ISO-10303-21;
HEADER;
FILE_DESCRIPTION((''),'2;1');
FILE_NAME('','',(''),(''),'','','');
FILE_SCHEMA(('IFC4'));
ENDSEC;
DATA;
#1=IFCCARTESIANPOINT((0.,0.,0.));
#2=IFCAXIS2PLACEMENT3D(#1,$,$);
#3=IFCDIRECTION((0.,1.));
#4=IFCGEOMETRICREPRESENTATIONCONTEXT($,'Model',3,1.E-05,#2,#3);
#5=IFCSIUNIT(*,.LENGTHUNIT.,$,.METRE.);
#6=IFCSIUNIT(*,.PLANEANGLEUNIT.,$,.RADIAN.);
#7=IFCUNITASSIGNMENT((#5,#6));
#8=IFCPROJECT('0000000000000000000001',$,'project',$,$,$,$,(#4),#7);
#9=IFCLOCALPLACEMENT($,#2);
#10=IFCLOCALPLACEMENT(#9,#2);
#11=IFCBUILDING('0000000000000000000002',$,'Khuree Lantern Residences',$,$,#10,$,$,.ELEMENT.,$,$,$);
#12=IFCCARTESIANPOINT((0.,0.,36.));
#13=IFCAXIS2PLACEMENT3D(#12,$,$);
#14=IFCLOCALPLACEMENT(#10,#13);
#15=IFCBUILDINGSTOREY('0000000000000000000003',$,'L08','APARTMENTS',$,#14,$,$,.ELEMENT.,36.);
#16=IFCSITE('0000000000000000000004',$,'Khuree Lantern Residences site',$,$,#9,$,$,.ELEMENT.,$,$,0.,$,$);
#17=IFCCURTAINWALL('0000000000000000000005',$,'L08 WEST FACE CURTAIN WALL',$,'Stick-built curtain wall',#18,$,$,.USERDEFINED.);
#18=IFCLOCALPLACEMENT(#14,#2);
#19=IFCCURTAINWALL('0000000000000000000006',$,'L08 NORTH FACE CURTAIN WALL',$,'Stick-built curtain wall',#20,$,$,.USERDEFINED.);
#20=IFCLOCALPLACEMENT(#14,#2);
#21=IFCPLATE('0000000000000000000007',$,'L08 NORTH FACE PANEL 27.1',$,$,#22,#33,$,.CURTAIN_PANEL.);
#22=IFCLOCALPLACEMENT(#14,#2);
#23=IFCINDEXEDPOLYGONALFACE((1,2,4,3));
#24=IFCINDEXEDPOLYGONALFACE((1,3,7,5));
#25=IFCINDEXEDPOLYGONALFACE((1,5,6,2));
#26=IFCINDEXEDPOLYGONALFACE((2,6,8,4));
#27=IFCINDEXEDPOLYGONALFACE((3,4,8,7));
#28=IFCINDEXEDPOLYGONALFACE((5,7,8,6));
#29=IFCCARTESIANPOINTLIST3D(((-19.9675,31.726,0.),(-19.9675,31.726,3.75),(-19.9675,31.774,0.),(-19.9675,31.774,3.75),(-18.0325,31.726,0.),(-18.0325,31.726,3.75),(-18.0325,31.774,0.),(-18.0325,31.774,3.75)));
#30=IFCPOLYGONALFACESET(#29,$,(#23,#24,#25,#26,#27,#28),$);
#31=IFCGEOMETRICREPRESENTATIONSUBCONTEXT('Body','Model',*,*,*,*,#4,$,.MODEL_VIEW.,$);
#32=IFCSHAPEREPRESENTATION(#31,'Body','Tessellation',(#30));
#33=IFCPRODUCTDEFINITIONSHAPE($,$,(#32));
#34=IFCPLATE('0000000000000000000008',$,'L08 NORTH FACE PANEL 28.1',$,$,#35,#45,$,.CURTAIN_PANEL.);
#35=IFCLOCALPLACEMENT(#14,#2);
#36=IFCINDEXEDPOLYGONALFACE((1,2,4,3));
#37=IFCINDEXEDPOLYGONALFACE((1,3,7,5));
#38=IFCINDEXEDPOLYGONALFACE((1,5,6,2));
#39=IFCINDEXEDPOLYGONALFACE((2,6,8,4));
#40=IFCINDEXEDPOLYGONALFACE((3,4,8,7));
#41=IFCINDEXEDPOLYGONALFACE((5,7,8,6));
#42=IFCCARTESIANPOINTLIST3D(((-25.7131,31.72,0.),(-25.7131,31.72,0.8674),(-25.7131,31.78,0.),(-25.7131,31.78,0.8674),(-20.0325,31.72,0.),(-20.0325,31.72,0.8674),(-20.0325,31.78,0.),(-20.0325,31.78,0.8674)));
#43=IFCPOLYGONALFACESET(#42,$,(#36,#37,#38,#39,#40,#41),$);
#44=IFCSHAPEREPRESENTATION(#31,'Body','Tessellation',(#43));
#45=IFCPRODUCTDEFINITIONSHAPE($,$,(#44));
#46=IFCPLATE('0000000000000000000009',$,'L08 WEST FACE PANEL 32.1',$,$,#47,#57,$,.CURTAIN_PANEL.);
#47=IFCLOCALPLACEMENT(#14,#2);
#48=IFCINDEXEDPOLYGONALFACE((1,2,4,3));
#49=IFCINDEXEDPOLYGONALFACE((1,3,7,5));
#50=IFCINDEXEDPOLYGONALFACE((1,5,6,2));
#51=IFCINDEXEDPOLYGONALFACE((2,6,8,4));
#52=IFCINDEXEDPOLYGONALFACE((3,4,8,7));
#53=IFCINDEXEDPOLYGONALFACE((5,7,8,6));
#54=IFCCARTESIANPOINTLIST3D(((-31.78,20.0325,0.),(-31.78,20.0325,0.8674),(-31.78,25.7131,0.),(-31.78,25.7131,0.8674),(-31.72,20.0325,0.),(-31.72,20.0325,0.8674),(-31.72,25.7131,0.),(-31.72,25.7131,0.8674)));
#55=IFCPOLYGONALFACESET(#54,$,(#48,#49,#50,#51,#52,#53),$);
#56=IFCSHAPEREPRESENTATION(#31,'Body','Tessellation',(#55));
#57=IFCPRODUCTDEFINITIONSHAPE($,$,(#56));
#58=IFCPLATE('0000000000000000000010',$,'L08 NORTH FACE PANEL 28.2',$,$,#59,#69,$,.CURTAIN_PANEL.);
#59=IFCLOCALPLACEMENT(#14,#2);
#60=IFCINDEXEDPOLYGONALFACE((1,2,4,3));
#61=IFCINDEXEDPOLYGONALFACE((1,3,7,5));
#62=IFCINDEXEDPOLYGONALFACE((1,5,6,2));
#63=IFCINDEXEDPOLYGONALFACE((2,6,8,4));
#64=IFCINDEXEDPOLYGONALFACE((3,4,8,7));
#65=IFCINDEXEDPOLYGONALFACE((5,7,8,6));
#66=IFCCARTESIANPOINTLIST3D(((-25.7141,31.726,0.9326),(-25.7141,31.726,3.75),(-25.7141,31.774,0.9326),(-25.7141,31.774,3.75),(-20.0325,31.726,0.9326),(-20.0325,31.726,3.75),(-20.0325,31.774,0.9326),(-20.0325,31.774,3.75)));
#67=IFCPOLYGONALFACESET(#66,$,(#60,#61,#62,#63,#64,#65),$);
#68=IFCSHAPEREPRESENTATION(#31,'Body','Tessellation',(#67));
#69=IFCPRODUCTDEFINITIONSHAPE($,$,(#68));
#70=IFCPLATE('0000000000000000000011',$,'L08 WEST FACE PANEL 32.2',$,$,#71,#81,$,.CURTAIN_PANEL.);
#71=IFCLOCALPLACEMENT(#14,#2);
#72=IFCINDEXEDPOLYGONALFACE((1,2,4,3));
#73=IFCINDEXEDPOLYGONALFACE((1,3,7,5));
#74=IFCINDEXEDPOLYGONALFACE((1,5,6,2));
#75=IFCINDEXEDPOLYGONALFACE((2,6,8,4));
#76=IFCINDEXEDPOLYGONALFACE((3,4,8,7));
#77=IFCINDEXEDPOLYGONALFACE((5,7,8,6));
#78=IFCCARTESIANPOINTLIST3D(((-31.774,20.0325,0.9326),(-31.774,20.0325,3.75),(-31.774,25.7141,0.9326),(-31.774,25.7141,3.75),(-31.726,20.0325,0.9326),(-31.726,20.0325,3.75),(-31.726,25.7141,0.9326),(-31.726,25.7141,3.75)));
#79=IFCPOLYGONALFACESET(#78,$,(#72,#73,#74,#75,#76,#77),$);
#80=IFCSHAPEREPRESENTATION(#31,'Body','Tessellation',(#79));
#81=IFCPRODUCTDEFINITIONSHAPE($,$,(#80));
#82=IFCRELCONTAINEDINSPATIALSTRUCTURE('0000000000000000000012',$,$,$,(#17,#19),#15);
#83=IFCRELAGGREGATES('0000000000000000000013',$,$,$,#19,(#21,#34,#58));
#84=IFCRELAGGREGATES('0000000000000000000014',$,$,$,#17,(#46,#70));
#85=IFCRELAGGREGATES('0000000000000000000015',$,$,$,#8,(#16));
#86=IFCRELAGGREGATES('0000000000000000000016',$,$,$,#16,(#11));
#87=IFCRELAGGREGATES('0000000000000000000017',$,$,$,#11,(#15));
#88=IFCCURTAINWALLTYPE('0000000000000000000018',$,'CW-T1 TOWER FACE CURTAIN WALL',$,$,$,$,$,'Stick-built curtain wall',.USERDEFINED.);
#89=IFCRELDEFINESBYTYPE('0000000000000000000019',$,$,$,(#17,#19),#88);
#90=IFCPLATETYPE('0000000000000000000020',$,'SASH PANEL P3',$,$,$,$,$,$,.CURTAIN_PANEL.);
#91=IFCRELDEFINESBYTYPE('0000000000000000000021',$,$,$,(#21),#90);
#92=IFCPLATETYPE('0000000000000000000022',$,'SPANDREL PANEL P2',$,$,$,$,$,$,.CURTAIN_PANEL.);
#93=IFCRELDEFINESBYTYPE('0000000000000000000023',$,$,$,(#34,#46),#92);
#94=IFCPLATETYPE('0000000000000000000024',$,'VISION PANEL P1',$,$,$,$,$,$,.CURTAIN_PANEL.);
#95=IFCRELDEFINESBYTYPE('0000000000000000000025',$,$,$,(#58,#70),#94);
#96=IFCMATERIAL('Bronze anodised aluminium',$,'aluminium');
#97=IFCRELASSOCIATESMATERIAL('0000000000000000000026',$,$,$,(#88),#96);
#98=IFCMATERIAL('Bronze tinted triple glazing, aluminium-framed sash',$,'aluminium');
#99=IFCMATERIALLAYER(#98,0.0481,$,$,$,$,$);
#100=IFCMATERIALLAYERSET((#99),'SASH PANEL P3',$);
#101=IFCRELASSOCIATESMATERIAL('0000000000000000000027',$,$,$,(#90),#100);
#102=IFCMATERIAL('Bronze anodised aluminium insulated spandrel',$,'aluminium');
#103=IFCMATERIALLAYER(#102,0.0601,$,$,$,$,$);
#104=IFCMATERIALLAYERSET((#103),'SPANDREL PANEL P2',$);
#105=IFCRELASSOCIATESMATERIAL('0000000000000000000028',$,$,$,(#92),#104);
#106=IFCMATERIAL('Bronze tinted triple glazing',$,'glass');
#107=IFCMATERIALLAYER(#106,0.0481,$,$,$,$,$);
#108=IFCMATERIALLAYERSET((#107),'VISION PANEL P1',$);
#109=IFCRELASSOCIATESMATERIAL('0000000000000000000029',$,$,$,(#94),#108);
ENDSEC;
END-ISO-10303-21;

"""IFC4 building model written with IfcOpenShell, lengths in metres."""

from ifc_helpers import new_model, si_unit, direction, frame, origin, origin_2d, place, context, subcontext, project, spatial, rectangle, extrude, material, layer, layer_set, type_object, element, aggregate, save


model = new_model("IFC4")

# Units and contexts
model_context = context("Model", 3, precision=1e-05, world=origin(), true_north=direction((0.0, 1.0)))
body_context = subcontext(model_context, "Body", "Model", "MODEL_VIEW")
ifc_project = project(units=[si_unit("LENGTHUNIT", "METRE"), si_unit("PLANEANGLEUNIT", "RADIAN")], contexts=[model_context])

# Site, building, storey
site_placement = place(None, origin())
site = spatial("IfcSite", under=ifc_project, at=site_placement, Name="Khuree Lantern Residences site", CompositionType="ELEMENT", RefElevation=0.0)
building_placement = place(site_placement, origin())
building = spatial("IfcBuilding", under=site, at=building_placement, Name="Khuree Lantern Residences", CompositionType="ELEMENT")
storey_placement = place(building_placement, frame((0.0, 0.0, 36.0)))
storey = spatial("IfcBuildingStorey", under=building, at=storey_placement, Name="L08", Description="APARTMENTS", CompositionType="ELEMENT", Elevation=36.0)

# Curtain wall
ifc_material_1 = material(Name="Bronze anodised aluminium", Category="aluminium")
curtain_wall_type_1 = type_object("IfcCurtainWallType", Name="CW-T1 TOWER FACE CURTAIN WALL", ElementType="Stick-built curtain wall", PredefinedType="USERDEFINED", material=ifc_material_1)
curtain_wall_1_placement = place(storey_placement, origin())
curtain_wall_1 = element("IfcCurtainWall", 1, at=curtain_wall_1_placement, inside=storey, type_object=curtain_wall_type_1, Name="L08 WEST FACE CURTAIN WALL", ObjectType="Stick-built curtain wall", PredefinedType="USERDEFINED")

# Curtain wall
curtain_wall_2_placement = place(storey_placement, origin())
curtain_wall_2 = element("IfcCurtainWall", 2, at=curtain_wall_2_placement, inside=storey, type_object=curtain_wall_type_1, Name="L08 NORTH FACE CURTAIN WALL", ObjectType="Stick-built curtain wall", PredefinedType="USERDEFINED")

# Plates
ifc_material_2 = material(Name="Bronze tinted triple glazing", Category="glass")
ifc_material_3 = material(Name="Bronze tinted triple glazing, aluminium-framed sash", Category="aluminium")
ifc_layer_1 = layer(ifc_material_3, 0.0481)
ifc_layer_set_1 = layer_set([ifc_layer_1], Name="SASH PANEL P3")
plate_type_1 = type_object("IfcPlateType", Name="SASH PANEL P3", PredefinedType="CURTAIN_PANEL", material=ifc_layer_set_1)
plate_1_placement = place(storey_placement, frame((-19.0, 31.75, 0.0), z_axis=(0.0, 0.0, 1.0), x_axis=(-1.0, 0.0, 0.0)))
plate_1 = element("IfcPlate", 3, at=plate_1_placement, type_object=plate_type_1, Name="L08 NORTH FACE PANEL 27.1", PredefinedType="CURTAIN_PANEL", context=body_context, shape_type="SweptSolid", body=[
    extrude(rectangle(XDim=1.9351, YDim=0.0481, at=origin_2d()), origin(), (0.0, 0.0, 1.0), 3.75),
])
ifc_material_4 = material(Name="Bronze anodised aluminium insulated spandrel", Category="aluminium")
ifc_layer_2 = layer(ifc_material_4, 0.0601)
ifc_layer_set_2 = layer_set([ifc_layer_2], Name="SPANDREL PANEL P2")
plate_type_2 = type_object("IfcPlateType", Name="SPANDREL PANEL P2", PredefinedType="CURTAIN_PANEL", material=ifc_layer_set_2)
plate_2_placement = place(storey_placement, frame((-22.8728, 31.75, 0.0), z_axis=(0.0, 0.0, 1.0), x_axis=(-1.0, 0.0, 0.0)))
plate_2 = element("IfcPlate", 4, at=plate_2_placement, type_object=plate_type_2, Name="L08 NORTH FACE PANEL 28.1", PredefinedType="CURTAIN_PANEL", context=body_context, shape_type="SweptSolid", body=[
    extrude(rectangle(XDim=5.6807, YDim=0.0601, at=origin_2d()), origin(), (0.0, 0.0, 1.0), 0.8674),
])
plate_3_placement = place(storey_placement, frame((-31.75, 22.8728, 0.0), z_axis=(0.0, 0.0, 1.0), x_axis=(0.0, -1.0, 0.0)))
plate_3 = element("IfcPlate", 5, at=plate_3_placement, type_object=plate_type_2, Name="L08 WEST FACE PANEL 32.1", PredefinedType="CURTAIN_PANEL", context=body_context, shape_type="SweptSolid", body=[
    extrude(rectangle(XDim=5.6807, YDim=0.0601, at=origin_2d()), origin(), (0.0, 0.0, 1.0), 0.8674),
])
ifc_layer_3 = layer(ifc_material_2, 0.0481)
ifc_layer_set_3 = layer_set([ifc_layer_3], Name="VISION PANEL P1")
plate_type_3 = type_object("IfcPlateType", Name="VISION PANEL P1", PredefinedType="CURTAIN_PANEL", material=ifc_layer_set_3)
plate_4_placement = place(storey_placement, frame((-22.8733, 31.75, 0.9326), z_axis=(0.0, 0.0, 1.0), x_axis=(-1.0, 0.0, 0.0)))
plate_4 = element("IfcPlate", 6, at=plate_4_placement, type_object=plate_type_3, Name="L08 NORTH FACE PANEL 28.2", PredefinedType="CURTAIN_PANEL", context=body_context, shape_type="SweptSolid", body=[
    extrude(rectangle(XDim=5.6816, YDim=0.0481, at=origin_2d()), origin(), (0.0, 0.0, 1.0), 2.8174),
])
aggregate(curtain_wall_2, [plate_1, plate_2, plate_4])
plate_5_placement = place(storey_placement, frame((-31.75, 22.8733, 0.9326), z_axis=(0.0, 0.0, 1.0), x_axis=(0.0, -1.0, 0.0)))
plate_5 = element("IfcPlate", 7, at=plate_5_placement, type_object=plate_type_3, Name="L08 WEST FACE PANEL 32.2", PredefinedType="CURTAIN_PANEL", context=body_context, shape_type="SweptSolid", body=[
    extrude(rectangle(XDim=5.6816, YDim=0.0481, at=origin_2d()), origin(), (0.0, 0.0, 1.0), 2.8174),
])
aggregate(curtain_wall_1, [plate_3, plate_5])

save(model, "model.ifc")
